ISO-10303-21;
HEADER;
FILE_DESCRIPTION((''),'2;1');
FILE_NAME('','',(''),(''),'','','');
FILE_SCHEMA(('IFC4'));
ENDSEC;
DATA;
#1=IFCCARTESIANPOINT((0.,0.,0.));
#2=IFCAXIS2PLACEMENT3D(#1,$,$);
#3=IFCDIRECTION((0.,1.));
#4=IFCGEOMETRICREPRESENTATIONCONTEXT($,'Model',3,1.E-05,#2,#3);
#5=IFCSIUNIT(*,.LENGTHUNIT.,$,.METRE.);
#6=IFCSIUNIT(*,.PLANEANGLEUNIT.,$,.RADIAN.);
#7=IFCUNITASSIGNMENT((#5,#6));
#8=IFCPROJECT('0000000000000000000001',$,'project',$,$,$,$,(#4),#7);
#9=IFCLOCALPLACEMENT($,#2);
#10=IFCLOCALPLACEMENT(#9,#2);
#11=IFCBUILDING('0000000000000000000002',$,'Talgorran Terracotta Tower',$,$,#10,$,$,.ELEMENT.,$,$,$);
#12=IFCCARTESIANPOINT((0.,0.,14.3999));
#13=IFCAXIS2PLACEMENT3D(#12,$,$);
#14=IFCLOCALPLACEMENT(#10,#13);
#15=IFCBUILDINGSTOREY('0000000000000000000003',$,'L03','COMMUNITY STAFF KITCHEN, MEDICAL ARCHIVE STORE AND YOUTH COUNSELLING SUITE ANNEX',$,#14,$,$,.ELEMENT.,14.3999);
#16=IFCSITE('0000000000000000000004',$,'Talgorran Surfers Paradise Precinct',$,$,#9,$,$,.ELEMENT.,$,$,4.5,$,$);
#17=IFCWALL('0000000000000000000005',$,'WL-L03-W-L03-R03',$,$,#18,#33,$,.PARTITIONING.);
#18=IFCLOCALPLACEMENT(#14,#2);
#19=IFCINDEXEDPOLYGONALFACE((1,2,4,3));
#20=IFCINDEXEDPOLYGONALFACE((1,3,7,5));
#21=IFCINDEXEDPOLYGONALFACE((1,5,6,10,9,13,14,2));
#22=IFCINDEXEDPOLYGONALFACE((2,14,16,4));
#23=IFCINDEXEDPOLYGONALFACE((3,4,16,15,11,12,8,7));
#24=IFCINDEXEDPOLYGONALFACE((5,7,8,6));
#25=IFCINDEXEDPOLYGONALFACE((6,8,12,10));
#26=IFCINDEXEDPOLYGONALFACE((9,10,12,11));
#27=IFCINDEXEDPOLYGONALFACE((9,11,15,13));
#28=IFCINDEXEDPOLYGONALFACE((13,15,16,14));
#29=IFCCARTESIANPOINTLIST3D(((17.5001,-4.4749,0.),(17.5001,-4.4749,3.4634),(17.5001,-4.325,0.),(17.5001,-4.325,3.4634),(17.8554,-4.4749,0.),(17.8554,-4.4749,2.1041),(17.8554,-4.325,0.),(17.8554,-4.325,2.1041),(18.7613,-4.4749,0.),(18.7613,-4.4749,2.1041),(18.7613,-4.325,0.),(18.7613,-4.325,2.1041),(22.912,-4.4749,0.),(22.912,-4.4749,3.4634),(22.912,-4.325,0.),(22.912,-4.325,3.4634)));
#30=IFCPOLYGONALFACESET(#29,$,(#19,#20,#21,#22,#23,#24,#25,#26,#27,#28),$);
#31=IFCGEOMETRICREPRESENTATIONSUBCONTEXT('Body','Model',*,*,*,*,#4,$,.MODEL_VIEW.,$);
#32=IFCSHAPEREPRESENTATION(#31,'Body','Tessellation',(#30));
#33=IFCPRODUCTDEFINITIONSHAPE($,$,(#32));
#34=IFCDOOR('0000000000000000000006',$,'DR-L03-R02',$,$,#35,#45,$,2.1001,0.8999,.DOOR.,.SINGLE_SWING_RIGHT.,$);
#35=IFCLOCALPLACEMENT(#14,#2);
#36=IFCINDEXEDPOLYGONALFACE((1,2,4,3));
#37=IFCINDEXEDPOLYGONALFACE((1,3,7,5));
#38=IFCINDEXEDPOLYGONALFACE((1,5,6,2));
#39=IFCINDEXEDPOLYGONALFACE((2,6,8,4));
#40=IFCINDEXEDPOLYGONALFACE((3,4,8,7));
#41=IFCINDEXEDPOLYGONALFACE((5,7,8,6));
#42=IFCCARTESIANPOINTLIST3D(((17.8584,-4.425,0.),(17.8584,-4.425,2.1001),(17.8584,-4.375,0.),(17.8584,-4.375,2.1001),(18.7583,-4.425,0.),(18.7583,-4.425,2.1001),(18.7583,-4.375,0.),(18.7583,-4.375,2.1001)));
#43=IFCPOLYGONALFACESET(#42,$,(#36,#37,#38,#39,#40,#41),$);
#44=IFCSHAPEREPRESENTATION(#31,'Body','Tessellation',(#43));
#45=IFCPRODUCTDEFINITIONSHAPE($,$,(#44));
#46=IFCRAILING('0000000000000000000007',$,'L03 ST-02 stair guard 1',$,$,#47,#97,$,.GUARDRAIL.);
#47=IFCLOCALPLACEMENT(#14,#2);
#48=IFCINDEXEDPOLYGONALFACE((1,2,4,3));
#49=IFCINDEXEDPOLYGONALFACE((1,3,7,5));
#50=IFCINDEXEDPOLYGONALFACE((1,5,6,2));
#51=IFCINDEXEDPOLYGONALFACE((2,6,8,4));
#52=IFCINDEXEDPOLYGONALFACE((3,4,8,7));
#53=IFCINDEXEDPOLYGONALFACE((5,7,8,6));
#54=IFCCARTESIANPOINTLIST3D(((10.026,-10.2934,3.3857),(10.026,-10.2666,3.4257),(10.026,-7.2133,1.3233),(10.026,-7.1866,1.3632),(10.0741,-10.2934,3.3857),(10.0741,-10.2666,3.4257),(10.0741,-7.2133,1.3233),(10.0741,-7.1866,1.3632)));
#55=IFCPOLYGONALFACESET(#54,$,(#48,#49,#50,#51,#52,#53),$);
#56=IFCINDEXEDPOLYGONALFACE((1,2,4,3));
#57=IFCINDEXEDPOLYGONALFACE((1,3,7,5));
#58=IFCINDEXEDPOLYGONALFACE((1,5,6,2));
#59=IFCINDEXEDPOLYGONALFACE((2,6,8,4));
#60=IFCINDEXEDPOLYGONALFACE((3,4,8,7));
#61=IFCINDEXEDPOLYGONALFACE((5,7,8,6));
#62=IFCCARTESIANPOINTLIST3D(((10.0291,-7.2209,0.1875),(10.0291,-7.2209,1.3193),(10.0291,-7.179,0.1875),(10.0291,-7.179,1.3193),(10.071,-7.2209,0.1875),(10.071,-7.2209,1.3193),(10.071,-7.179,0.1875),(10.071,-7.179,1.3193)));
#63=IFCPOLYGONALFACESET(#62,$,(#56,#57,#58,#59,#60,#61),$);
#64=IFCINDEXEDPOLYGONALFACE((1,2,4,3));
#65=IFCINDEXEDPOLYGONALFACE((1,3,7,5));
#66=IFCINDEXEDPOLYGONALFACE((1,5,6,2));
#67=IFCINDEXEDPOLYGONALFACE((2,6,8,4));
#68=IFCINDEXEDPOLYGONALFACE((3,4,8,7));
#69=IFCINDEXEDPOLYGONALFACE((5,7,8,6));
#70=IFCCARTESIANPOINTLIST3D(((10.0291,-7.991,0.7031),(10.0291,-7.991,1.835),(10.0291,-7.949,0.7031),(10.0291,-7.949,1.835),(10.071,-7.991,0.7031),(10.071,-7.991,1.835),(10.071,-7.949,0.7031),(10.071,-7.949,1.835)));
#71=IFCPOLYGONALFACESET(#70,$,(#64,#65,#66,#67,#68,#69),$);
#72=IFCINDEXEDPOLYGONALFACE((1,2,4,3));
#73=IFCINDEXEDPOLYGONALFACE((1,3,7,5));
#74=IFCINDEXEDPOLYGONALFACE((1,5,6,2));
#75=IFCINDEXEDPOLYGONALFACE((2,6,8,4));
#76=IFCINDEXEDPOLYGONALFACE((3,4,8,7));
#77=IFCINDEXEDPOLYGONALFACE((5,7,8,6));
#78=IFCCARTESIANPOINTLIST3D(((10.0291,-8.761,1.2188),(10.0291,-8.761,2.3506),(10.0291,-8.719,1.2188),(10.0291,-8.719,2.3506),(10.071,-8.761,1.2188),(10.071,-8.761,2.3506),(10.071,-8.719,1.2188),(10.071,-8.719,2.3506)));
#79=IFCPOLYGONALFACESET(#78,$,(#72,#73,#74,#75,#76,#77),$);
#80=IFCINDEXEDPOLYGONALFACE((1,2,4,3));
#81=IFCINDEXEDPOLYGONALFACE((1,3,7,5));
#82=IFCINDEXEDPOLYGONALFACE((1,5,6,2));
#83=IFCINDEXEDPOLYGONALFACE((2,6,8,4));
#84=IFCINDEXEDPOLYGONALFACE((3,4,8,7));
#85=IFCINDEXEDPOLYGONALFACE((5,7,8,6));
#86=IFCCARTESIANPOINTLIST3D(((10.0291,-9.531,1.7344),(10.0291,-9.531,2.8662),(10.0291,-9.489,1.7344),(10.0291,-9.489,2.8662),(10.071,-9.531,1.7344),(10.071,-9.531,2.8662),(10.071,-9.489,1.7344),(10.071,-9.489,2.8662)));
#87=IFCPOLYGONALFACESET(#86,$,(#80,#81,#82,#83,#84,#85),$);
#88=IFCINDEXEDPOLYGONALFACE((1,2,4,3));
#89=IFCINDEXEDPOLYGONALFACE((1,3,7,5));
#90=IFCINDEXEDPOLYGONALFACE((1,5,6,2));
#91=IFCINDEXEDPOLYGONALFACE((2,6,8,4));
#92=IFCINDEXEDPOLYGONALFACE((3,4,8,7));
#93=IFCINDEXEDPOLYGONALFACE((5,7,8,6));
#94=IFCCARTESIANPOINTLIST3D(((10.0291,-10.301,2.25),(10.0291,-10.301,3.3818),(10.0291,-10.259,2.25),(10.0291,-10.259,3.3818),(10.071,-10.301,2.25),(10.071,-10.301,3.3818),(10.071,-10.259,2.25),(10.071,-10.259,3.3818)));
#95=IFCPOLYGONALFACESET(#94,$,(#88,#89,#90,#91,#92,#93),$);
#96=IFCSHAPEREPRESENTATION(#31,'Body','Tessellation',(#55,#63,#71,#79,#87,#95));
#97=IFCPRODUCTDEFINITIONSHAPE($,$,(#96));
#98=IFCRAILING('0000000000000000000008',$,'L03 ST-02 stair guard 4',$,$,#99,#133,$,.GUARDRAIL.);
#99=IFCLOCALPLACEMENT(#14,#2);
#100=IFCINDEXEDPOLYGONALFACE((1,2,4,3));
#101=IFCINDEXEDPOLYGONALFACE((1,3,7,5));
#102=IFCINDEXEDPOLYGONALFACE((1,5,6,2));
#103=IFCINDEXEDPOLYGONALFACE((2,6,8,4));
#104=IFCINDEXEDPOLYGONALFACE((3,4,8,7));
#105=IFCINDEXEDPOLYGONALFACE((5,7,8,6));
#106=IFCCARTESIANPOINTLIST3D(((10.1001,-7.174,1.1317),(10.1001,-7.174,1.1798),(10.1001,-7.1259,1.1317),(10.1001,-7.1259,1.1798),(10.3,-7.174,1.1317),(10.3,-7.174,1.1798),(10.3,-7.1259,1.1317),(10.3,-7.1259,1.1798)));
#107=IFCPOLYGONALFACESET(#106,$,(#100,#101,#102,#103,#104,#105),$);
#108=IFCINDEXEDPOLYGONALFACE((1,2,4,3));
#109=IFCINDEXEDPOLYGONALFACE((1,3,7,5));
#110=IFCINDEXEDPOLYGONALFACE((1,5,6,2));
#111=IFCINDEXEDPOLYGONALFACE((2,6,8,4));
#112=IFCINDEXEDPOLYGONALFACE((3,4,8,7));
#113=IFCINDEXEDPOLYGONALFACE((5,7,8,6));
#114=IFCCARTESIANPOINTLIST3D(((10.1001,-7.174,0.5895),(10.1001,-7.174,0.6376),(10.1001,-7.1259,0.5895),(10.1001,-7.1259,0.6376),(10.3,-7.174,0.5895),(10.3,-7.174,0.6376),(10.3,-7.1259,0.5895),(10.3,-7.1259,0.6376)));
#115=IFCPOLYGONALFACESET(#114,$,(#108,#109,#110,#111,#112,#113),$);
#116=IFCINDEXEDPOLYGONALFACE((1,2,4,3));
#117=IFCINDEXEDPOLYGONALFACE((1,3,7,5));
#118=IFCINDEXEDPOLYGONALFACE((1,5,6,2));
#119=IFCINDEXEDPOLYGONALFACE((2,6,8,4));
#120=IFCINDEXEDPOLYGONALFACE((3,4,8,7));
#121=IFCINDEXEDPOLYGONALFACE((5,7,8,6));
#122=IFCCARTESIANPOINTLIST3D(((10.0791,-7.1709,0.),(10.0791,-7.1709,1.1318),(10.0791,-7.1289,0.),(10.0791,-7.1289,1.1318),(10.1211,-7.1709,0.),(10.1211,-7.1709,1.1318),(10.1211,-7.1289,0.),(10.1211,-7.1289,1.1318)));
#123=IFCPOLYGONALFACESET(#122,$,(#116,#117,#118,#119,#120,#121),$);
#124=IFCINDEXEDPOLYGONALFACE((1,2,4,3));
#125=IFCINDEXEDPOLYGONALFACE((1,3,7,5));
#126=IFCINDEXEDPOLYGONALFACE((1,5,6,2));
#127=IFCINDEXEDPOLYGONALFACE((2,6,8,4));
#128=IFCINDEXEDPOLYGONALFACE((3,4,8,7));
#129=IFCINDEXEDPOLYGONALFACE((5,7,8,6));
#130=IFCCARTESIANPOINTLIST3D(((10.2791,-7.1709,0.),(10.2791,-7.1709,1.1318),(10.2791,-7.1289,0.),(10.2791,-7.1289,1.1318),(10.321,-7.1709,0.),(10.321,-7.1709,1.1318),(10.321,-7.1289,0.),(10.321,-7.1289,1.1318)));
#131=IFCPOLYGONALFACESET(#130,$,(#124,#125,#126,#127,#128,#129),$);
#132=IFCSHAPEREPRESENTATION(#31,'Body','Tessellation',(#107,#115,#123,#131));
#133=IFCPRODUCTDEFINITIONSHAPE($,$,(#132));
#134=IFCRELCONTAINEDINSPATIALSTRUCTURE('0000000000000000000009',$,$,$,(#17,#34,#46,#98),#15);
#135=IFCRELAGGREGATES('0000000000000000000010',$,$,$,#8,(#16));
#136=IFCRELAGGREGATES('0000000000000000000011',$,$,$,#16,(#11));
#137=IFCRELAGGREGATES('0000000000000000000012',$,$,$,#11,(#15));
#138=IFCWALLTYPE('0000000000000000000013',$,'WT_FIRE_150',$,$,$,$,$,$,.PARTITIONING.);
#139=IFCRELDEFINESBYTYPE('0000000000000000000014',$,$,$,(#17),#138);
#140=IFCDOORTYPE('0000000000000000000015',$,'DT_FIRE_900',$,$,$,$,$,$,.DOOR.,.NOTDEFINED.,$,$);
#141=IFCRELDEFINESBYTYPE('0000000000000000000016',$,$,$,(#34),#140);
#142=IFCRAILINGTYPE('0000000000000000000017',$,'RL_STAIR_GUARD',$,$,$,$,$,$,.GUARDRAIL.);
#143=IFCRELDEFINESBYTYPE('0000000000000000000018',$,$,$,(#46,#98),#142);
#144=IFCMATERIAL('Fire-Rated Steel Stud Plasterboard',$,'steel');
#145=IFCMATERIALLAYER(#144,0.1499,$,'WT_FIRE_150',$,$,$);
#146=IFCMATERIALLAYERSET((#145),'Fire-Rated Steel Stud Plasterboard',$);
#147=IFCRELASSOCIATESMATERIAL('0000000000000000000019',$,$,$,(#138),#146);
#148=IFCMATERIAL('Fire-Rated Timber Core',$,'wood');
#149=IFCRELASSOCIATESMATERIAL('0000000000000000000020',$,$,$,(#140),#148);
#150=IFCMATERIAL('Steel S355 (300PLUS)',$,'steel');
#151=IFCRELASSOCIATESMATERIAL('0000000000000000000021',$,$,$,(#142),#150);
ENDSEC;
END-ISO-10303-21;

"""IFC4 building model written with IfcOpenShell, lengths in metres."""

from ifc_helpers import new_model, si_unit, direction, frame, frame_2d, origin, origin_2d, place, context, subcontext, project, spatial, rectangle, extrude, material, layer, layer_set, type_object, element, fill, save


model = new_model("IFC4")

# Units and contexts
model_context = context("Model", 3, precision=1e-05, world=origin(), true_north=direction((0.0, 1.0)))
body_context = subcontext(model_context, "Body", "Model", "MODEL_VIEW")
ifc_project = project(units=[si_unit("LENGTHUNIT", "METRE"), si_unit("PLANEANGLEUNIT", "RADIAN")], contexts=[model_context])

# Site, building, storey
site_placement = place(None, origin())
site = spatial("IfcSite", under=ifc_project, at=site_placement, Name="Talgorran Surfers Paradise Precinct", CompositionType="ELEMENT", RefElevation=4.5)
building_placement = place(site_placement, origin())
building = spatial("IfcBuilding", under=site, at=building_placement, Name="Talgorran Terracotta Tower", CompositionType="ELEMENT")
storey_placement = place(building_placement, frame((0.0, 0.0, 14.3999)))
storey = spatial("IfcBuildingStorey", under=building, at=storey_placement, Name="L03", Description="COMMUNITY STAFF KITCHEN, MEDICAL ARCHIVE STORE AND YOUTH COUNSELLING SUITE ANNEX", CompositionType="ELEMENT", Elevation=14.3999)

# Shared definitions
ifc_material_1 = material(Name="Steel S355 (300PLUS)", Category="steel")

# Wall, opening, door
ifc_material_2 = material(Name="Fire-Rated Steel Stud Plasterboard", Category="steel")
ifc_layer_1 = layer(ifc_material_2, 0.1499, Name="WT_FIRE_150")
ifc_layer_set_1 = layer_set([ifc_layer_1], Name="Fire-Rated Steel Stud Plasterboard")
wall_type_1 = type_object("IfcWallType", Name="WT_FIRE_150", PredefinedType="PARTITIONING", material=ifc_layer_set_1)
wall_1_placement = place(storey_placement, frame((17.5, -4.3999, 0.0), z_axis=(0.0, 0.0, 1.0), x_axis=(1.0, 0.0, 0.0)))
wall_1 = element("IfcWall", 1, at=wall_1_placement, inside=storey, type_object=wall_type_1, Name="WL-L03-W-L03-R03", PredefinedType="PARTITIONING", context=body_context, shape_type="SweptSolid", body=[
    extrude(rectangle(XDim=5.4119, YDim=0.1499, at=frame_2d((2.7061, 0.0))), origin(), (0.0, 0.0, 1.0), 3.4634),
])
opening_1_placement = place(wall_1_placement, frame((0.3584, 0.0, 0.0)))
opening_1 = element("IfcOpeningElement", 2, at=opening_1_placement, cuts=wall_1, PredefinedType="OPENING", context=body_context, shape_type="SweptSolid", body=[
    extrude(rectangle(XDim=0.9059, YDim=2.1041, at=frame_2d((0.45, 1.052))), frame((0.0, 0.085, 0.0), z_axis=(0.0, -1.0, 0.0), x_axis=(1.0, 0.0, 0.0)), (0.0, 0.0, 1.0), 0.1699),
])
ifc_material_3 = material(Name="Fire-Rated Timber Core", Category="wood")
door_type_1 = type_object("IfcDoorType", Name="DT_FIRE_900", OperationType="NOTDEFINED", PredefinedType="DOOR", material=ifc_material_3)
door_1_placement = place(opening_1_placement, origin())
door_1 = element("IfcDoor", 3, at=door_1_placement, inside=storey, type_object=door_type_1, Name="DR-L03-R02", OperationType="SINGLE_SWING_RIGHT", OverallHeight=2.1001, OverallWidth=0.8999, PredefinedType="DOOR", context=body_context, shape_type="SweptSolid", body=[
    extrude(rectangle(XDim=0.8999, YDim=2.1001, at=frame_2d((0.45, 1.05))), frame((0.0, 0.0249, 0.0), z_axis=(0.0, -1.0, 0.0), x_axis=(1.0, 0.0, 0.0)), (0.0, 0.0, 1.0), 0.05),
])
fill(opening_1, door_1)

# Railings
railing_type = type_object("IfcRailingType", Name="RL_STAIR_GUARD", PredefinedType="GUARDRAIL", material=ifc_material_1)
railing_1_placement = place(storey_placement, frame((10.05, -7.2, 0.1875)))
element("IfcRailing", 4, at=railing_1_placement, inside=storey, type_object=railing_type, Name="L03 ST-02 stair guard 1", PredefinedType="GUARDRAIL", context=body_context, shape_type="SweptSolid", body=[
    extrude(rectangle(XDim=0.0481, YDim=0.0481, at=origin_2d()), frame((0.0, 0.0, 1.1558), z_axis=(0.0, -0.830914, 0.556401), x_axis=(1.0, 0.0, 0.0)), (0.0, 0.0, 1.0), 3.7068),
    extrude(rectangle(XDim=0.042, YDim=0.042, at=origin_2d()), origin(), (0.0, 0.0, 1.0), 1.1318),
    extrude(rectangle(XDim=0.042, YDim=0.042, at=origin_2d()), frame((0.0, -0.77, 0.5156)), (0.0, 0.0, 1.0), 1.1318),
    extrude(rectangle(XDim=0.042, YDim=0.042, at=origin_2d()), frame((0.0, -1.54, 1.0312)), (0.0, 0.0, 1.0), 1.1318),
    extrude(rectangle(XDim=0.042, YDim=0.042, at=origin_2d()), frame((0.0, -2.3101, 1.5469)), (0.0, 0.0, 1.0), 1.1318),
    extrude(rectangle(XDim=0.042, YDim=0.042, at=origin_2d()), frame((0.0, -3.0801, 2.0625)), (0.0, 0.0, 1.0), 1.1318),
])
railing_2_placement = place(storey_placement, frame((10.1001, -7.1499, 0.0)))
element("IfcRailing", 5, at=railing_2_placement, inside=storey, type_object=railing_type, Name="L03 ST-02 stair guard 4", PredefinedType="GUARDRAIL", context=body_context, shape_type="SweptSolid", body=[
    extrude(rectangle(XDim=0.0481, YDim=0.0481, at=origin_2d()), frame((0.0, 0.0, 1.1558), z_axis=(1.0, 0.0, 0.0), x_axis=(0.0, 1.0, 0.0)), (0.0, 0.0, 1.0), 0.2),
    extrude(rectangle(XDim=0.0481, YDim=0.0481, at=origin_2d()), frame((0.0, 0.0, 0.6135), z_axis=(1.0, 0.0, 0.0), x_axis=(0.0, 1.0, 0.0)), (0.0, 0.0, 1.0), 0.2),
    extrude(rectangle(XDim=0.042, YDim=0.042, at=origin_2d()), origin(), (0.0, 0.0, 1.0), 1.1318),
    extrude(rectangle(XDim=0.042, YDim=0.042, at=origin_2d()), frame((0.2, 0.0, 0.0)), (0.0, 0.0, 1.0), 1.1318),
])

save(model, "model.ifc")
